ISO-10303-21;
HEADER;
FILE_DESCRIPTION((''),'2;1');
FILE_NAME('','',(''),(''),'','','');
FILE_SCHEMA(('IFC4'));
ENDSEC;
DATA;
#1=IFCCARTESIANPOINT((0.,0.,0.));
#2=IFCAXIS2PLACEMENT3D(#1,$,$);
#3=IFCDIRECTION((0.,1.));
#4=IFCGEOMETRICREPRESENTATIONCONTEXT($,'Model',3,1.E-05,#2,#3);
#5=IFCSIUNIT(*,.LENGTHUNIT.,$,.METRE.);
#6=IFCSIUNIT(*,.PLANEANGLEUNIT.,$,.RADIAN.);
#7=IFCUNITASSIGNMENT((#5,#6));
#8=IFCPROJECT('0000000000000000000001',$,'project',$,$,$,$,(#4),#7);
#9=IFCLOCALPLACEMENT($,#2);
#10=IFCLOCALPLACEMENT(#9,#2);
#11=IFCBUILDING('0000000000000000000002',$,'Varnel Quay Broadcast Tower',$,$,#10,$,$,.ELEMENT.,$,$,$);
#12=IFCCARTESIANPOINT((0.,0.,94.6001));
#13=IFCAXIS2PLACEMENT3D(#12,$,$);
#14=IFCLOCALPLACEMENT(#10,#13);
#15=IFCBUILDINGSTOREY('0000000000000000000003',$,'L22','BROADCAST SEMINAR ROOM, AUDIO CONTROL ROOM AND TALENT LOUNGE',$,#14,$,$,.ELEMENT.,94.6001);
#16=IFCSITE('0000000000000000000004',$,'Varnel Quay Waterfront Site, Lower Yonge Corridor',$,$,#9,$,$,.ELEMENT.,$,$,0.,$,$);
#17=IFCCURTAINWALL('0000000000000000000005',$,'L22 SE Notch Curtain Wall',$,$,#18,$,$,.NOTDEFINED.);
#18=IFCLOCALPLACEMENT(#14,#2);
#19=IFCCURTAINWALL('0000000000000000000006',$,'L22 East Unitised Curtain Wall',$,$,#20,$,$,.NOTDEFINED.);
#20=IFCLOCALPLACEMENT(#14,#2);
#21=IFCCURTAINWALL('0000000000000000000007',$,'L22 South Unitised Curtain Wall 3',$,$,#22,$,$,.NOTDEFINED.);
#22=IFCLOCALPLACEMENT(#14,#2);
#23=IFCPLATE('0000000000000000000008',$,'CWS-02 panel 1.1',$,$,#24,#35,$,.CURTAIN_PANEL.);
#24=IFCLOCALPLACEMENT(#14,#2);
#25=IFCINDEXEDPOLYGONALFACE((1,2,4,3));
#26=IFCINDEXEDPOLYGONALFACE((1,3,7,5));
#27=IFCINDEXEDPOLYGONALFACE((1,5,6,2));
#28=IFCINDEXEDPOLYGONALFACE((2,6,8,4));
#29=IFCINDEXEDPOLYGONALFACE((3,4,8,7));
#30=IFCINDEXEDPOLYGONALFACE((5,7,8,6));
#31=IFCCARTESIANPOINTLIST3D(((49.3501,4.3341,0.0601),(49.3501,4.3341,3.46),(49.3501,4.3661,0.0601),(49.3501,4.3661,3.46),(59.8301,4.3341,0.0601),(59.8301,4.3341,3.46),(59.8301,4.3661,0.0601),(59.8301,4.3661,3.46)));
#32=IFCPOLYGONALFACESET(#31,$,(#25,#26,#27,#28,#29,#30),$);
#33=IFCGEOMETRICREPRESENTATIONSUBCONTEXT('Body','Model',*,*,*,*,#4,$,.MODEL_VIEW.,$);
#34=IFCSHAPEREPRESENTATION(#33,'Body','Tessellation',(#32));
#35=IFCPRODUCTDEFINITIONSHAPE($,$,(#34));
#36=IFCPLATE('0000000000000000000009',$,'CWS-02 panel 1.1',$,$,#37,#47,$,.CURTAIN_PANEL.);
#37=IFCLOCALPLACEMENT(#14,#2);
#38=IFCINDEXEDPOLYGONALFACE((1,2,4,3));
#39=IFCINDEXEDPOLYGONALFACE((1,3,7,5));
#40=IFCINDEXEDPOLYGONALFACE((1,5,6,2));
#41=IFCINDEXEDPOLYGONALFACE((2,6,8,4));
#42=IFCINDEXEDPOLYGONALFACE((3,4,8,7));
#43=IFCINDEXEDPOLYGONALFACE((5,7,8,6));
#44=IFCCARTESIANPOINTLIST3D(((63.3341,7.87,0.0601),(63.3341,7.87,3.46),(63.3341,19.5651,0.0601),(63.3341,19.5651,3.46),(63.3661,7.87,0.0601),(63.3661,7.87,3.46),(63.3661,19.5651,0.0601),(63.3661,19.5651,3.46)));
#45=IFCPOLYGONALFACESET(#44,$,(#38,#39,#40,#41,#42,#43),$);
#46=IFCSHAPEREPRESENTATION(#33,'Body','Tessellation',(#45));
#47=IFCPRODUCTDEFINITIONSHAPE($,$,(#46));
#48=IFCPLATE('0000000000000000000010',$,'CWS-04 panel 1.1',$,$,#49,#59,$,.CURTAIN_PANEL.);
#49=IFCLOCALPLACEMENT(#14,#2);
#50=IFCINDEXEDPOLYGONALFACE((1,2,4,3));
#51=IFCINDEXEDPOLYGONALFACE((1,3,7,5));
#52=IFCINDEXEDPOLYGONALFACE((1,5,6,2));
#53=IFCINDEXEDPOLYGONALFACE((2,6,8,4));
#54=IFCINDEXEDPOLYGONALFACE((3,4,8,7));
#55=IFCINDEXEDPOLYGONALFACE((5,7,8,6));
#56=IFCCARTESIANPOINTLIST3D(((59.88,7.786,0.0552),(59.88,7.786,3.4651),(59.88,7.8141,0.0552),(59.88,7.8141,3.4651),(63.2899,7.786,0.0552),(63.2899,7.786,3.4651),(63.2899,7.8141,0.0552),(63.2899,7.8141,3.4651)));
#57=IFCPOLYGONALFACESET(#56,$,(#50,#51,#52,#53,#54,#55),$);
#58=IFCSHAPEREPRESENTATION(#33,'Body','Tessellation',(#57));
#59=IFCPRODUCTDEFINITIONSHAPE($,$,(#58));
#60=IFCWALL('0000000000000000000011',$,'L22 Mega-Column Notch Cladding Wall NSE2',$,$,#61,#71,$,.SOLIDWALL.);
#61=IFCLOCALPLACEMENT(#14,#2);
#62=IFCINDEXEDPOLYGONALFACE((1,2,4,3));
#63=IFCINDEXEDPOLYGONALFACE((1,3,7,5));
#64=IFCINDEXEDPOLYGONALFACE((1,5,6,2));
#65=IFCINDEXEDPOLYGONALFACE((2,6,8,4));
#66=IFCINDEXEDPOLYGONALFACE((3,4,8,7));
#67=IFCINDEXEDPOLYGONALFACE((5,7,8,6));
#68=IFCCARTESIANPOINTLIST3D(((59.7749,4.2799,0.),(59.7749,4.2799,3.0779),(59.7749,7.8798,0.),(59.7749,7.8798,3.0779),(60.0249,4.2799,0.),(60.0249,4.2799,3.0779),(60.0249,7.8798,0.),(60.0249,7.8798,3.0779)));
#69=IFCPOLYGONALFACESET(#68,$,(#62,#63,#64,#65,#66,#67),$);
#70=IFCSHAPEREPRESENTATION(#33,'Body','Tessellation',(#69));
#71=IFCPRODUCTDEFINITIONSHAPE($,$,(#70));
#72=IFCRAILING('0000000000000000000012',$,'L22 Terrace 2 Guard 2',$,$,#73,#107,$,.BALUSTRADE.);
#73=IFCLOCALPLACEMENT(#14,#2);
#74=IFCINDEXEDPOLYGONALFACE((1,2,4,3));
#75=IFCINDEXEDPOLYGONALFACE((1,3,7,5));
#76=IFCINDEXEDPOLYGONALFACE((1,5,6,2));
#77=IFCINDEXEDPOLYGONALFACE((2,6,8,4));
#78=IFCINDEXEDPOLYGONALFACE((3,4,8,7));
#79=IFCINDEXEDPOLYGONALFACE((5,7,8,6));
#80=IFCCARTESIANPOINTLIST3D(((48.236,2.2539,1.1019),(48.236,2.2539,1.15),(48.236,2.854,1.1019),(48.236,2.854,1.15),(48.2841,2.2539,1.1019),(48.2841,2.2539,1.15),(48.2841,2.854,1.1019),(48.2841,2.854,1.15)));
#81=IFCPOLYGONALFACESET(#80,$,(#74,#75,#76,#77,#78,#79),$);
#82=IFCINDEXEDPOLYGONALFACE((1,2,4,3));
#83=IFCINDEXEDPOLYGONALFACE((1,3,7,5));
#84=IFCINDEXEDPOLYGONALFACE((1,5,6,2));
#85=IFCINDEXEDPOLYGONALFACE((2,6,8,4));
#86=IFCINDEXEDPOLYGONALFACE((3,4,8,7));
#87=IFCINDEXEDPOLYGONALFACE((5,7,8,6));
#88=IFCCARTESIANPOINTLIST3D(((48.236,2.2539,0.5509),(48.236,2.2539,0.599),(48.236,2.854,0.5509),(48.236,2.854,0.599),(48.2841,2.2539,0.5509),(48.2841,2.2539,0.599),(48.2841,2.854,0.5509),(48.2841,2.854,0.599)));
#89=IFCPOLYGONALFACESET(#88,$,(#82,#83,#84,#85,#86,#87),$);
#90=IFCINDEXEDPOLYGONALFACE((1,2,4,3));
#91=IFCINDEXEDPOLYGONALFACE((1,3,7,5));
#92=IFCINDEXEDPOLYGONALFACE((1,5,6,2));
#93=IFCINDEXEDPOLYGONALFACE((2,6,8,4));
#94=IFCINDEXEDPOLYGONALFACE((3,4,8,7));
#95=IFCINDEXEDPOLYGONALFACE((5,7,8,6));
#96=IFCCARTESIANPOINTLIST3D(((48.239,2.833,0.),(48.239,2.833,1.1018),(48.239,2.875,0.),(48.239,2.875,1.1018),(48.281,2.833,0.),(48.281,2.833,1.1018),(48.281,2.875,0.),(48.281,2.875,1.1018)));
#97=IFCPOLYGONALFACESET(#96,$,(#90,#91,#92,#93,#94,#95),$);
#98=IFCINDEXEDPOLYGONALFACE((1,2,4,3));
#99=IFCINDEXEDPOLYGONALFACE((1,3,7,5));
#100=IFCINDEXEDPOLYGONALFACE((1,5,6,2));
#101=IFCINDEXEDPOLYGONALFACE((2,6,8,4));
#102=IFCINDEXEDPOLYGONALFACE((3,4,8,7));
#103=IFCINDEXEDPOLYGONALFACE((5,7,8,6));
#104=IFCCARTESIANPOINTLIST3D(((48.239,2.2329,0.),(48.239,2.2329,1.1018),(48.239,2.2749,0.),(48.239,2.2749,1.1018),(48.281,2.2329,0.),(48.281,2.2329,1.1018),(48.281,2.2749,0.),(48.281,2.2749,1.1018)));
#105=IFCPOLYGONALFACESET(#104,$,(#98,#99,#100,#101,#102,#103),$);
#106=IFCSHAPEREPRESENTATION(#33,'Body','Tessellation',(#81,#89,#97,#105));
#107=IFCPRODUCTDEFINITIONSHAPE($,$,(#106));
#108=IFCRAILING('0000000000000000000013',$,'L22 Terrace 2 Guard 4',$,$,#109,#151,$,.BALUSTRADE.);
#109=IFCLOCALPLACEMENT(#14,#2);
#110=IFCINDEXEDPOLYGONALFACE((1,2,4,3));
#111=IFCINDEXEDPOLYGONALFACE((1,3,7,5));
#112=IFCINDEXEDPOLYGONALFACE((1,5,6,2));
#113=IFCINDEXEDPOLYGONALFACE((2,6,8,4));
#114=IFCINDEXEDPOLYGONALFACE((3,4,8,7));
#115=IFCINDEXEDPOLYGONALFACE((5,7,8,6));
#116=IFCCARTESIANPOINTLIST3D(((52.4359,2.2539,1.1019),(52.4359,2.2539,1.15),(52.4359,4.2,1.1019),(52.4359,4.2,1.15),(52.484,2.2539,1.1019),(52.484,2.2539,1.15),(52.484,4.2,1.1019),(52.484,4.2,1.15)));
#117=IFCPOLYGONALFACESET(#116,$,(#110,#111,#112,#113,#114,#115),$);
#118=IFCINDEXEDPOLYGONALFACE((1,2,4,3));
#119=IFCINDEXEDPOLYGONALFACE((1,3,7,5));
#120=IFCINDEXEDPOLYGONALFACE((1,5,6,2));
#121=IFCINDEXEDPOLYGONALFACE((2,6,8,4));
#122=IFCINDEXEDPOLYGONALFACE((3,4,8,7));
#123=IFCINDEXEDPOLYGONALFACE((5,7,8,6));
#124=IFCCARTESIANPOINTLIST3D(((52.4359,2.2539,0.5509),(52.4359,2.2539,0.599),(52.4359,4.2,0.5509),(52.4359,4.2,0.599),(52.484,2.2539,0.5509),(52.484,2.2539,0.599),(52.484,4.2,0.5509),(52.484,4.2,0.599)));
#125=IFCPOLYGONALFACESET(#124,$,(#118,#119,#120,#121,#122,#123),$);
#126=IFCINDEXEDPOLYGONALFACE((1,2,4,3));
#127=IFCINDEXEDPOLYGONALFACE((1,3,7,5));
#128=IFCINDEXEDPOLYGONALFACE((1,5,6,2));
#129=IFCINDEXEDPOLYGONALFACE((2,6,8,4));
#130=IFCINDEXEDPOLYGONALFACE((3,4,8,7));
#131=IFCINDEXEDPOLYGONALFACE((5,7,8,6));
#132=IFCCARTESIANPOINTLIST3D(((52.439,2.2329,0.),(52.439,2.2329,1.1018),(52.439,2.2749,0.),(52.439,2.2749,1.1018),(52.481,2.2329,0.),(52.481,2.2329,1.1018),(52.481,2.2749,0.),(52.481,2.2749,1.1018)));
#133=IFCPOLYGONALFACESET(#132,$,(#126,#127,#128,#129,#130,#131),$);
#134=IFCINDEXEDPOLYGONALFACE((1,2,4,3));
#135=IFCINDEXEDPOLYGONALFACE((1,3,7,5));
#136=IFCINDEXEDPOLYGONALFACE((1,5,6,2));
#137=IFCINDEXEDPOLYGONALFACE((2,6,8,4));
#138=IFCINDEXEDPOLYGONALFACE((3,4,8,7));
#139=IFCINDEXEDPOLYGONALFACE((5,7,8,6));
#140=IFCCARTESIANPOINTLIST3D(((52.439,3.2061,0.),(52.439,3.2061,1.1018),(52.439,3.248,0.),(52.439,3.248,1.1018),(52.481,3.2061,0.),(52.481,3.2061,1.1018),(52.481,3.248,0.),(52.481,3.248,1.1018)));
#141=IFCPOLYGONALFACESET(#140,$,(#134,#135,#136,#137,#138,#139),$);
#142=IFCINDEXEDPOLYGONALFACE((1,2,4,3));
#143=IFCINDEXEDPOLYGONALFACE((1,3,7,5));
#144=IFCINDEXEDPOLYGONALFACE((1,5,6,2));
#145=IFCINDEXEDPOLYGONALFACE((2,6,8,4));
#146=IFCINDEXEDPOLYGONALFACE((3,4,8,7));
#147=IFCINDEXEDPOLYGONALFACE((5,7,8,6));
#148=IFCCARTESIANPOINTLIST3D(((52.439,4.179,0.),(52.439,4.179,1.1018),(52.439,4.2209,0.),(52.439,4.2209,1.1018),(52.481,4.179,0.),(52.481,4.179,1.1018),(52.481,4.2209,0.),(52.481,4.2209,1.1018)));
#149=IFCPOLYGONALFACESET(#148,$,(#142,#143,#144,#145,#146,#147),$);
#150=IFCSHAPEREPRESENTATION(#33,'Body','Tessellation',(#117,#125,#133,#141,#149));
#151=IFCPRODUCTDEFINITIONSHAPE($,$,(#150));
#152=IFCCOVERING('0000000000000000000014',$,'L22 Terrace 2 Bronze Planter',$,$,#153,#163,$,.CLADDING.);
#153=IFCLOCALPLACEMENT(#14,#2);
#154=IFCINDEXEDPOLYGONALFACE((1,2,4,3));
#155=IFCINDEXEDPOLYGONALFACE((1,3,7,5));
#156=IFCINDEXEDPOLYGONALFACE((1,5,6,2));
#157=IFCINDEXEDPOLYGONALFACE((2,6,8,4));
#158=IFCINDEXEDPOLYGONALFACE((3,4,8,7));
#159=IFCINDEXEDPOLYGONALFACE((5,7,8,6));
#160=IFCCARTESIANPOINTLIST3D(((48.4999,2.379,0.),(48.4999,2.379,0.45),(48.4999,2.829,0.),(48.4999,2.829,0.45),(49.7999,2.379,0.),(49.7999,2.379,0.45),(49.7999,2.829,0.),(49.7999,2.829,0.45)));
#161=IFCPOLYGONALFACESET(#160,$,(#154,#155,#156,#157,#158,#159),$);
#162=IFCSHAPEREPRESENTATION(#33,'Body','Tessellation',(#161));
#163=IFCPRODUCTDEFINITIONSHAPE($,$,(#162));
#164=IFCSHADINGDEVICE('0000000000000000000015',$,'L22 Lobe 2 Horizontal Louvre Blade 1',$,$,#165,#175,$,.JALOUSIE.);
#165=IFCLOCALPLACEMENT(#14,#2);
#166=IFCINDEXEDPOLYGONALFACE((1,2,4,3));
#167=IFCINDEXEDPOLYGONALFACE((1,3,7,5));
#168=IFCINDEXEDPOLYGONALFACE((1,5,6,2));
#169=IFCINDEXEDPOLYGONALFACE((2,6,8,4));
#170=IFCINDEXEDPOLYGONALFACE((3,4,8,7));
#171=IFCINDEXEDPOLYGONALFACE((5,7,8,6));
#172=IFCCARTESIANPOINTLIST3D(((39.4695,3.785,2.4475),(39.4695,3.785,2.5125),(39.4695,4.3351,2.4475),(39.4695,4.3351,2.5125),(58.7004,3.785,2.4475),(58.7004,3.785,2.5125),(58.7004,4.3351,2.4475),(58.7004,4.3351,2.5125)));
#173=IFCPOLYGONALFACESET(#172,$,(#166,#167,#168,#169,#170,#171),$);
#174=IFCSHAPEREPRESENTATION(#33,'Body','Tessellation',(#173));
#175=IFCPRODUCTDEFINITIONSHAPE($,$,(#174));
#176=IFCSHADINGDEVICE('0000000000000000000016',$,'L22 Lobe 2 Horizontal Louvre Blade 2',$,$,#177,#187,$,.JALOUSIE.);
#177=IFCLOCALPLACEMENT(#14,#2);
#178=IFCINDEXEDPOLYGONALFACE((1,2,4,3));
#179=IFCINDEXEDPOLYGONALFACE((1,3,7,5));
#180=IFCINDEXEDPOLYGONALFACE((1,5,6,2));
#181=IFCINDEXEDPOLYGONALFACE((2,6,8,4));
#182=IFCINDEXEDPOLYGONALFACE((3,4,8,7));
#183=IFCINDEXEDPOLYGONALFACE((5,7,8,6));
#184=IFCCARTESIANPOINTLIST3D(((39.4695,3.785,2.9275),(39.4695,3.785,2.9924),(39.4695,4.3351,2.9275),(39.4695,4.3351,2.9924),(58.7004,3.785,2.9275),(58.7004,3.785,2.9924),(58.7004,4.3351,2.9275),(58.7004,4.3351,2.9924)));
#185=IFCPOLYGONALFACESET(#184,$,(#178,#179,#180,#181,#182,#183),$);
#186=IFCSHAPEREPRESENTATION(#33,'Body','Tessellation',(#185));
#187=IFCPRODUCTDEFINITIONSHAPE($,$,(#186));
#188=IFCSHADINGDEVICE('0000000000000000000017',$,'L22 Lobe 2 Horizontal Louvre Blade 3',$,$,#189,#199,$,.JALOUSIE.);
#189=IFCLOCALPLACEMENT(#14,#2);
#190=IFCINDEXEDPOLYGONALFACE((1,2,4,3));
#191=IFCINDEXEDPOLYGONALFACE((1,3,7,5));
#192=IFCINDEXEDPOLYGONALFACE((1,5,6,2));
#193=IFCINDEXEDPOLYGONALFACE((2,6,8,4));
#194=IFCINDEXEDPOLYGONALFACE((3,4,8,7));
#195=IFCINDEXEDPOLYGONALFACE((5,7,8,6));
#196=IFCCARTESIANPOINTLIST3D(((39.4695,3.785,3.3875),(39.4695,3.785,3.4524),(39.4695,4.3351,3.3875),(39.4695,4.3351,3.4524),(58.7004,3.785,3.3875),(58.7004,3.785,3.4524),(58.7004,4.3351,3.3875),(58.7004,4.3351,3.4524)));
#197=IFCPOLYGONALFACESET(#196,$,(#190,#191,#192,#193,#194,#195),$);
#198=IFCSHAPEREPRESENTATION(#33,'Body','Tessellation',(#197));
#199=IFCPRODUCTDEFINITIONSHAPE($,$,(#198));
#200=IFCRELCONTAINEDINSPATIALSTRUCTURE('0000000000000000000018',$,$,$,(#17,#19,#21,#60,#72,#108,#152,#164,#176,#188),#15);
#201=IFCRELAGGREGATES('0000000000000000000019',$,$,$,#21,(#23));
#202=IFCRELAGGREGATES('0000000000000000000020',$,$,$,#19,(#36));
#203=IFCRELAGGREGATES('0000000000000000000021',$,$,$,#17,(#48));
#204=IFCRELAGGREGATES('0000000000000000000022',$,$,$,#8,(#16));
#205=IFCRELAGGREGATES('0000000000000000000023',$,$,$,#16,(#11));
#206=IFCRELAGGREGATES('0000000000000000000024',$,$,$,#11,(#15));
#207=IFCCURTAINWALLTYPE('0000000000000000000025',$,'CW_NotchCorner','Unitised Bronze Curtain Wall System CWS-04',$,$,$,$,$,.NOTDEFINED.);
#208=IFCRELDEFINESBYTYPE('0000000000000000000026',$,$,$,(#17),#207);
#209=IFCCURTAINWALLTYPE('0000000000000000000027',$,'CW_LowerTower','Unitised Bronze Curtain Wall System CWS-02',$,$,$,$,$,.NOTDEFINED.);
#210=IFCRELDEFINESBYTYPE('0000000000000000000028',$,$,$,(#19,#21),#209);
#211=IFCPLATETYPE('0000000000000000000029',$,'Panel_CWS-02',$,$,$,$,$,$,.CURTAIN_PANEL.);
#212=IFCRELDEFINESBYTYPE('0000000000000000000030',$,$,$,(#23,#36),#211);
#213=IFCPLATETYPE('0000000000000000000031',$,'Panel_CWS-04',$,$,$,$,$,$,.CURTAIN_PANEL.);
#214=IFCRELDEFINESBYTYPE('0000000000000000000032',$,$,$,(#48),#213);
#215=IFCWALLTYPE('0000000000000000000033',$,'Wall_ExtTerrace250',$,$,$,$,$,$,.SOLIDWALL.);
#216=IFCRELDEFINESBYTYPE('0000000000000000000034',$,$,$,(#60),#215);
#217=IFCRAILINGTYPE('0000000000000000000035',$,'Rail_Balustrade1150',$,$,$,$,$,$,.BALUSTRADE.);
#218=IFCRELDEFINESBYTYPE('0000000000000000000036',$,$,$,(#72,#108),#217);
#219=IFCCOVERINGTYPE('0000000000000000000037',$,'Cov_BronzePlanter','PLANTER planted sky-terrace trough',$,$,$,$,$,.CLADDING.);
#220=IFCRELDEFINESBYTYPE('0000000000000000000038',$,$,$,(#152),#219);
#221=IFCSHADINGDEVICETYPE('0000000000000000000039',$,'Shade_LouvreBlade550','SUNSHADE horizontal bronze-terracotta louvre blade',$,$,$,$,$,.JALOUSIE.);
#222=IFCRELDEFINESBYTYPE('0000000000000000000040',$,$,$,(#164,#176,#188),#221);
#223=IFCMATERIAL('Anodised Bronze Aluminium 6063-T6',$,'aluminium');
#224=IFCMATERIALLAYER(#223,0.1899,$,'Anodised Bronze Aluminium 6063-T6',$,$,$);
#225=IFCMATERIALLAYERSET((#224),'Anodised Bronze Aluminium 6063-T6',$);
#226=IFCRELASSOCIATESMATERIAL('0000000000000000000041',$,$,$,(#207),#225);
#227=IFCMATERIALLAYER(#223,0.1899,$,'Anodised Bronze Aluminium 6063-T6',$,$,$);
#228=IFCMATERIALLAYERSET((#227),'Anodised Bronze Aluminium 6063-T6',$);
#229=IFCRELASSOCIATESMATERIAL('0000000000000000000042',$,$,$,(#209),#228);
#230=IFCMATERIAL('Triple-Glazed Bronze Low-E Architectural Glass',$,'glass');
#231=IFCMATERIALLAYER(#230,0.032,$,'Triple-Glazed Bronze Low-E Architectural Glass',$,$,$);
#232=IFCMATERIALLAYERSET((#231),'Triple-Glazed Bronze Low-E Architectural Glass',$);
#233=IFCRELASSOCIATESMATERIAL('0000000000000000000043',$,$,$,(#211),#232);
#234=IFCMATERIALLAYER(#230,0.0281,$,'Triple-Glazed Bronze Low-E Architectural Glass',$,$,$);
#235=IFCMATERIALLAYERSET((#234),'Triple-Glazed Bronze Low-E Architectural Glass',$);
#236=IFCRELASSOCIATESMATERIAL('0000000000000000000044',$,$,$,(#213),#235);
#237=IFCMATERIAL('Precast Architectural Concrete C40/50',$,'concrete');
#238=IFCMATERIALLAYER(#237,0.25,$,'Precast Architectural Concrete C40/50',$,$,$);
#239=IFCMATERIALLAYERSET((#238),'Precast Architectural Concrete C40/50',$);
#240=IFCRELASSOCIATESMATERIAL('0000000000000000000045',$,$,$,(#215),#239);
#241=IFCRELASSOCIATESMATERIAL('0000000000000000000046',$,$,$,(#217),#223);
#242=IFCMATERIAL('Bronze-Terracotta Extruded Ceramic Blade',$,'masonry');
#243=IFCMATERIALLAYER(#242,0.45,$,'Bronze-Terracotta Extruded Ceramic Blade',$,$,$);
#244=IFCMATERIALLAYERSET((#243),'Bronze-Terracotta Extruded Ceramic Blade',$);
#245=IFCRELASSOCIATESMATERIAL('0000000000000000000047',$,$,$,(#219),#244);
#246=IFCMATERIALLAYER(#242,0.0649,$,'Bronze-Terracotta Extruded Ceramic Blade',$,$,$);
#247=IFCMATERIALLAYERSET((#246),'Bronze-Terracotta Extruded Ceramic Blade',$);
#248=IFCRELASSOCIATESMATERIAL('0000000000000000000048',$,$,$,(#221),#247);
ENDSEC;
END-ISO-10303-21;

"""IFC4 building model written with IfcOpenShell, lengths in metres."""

from ifc_helpers import new_model, si_unit, direction, frame, frame_2d, origin, origin_2d, place, context, subcontext, project, spatial, rectangle, extrude, source, transform, mapped, material, layer, layer_set, type_object, type_shapes, element, aggregate, save


model = new_model("IFC4")

# Units and contexts
model_context = context("Model", 3, precision=1e-05, world=origin(), true_north=direction((0.0, 1.0)))
body_context = subcontext(model_context, "Body", "Model", "MODEL_VIEW")
ifc_project = project(units=[si_unit("LENGTHUNIT", "METRE"), si_unit("PLANEANGLEUNIT", "RADIAN")], contexts=[model_context])

# Site, building, storey
site_placement = place(None, origin())
site = spatial("IfcSite", under=ifc_project, at=site_placement, Name="Varnel Quay Waterfront Site, Lower Yonge Corridor", CompositionType="ELEMENT", RefElevation=0.0)
building_placement = place(site_placement, origin())
building = spatial("IfcBuilding", under=site, at=building_placement, Name="Varnel Quay Broadcast Tower", CompositionType="ELEMENT")
storey_placement = place(building_placement, frame((0.0, 0.0, 94.6001)))
storey = spatial("IfcBuildingStorey", under=building, at=storey_placement, Name="L22", Description="BROADCAST SEMINAR ROOM, AUDIO CONTROL ROOM AND TALENT LOUNGE", CompositionType="ELEMENT", Elevation=94.6001)

# Curtain walls
ifc_material_1 = material(Name="Anodised Bronze Aluminium 6063-T6", Category="aluminium")
ifc_layer_1 = layer(ifc_material_1, 0.1899, Name="Anodised Bronze Aluminium 6063-T6")
ifc_layer_set_1 = layer_set([ifc_layer_1], Name="Anodised Bronze Aluminium 6063-T6")
curtain_wall_type_1 = type_object("IfcCurtainWallType", Name="CW_NotchCorner", Description="Unitised Bronze Curtain Wall System CWS-04", PredefinedType="NOTDEFINED", material=ifc_layer_set_1)
curtain_wall_1_placement = place(storey_placement, origin())
curtain_wall_1 = element("IfcCurtainWall", 1, at=curtain_wall_1_placement, inside=storey, type_object=curtain_wall_type_1, Name="L22 SE Notch Curtain Wall", PredefinedType="NOTDEFINED")
ifc_layer_2 = layer(ifc_material_1, 0.1899, Name="Anodised Bronze Aluminium 6063-T6")
ifc_layer_set_2 = layer_set([ifc_layer_2], Name="Anodised Bronze Aluminium 6063-T6")
curtain_wall_type_2 = type_object("IfcCurtainWallType", Name="CW_LowerTower", Description="Unitised Bronze Curtain Wall System CWS-02", PredefinedType="NOTDEFINED", material=ifc_layer_set_2)
curtain_wall_2_placement = place(storey_placement, origin())
curtain_wall_2 = element("IfcCurtainWall", 2, at=curtain_wall_2_placement, inside=storey, type_object=curtain_wall_type_2, Name="L22 East Unitised Curtain Wall", PredefinedType="NOTDEFINED")
curtain_wall_3_placement = place(storey_placement, origin())
curtain_wall_3 = element("IfcCurtainWall", 3, at=curtain_wall_3_placement, inside=storey, type_object=curtain_wall_type_2, Name="L22 South Unitised Curtain Wall 3", PredefinedType="NOTDEFINED")

# Plates
ifc_material_2 = material(Name="Triple-Glazed Bronze Low-E Architectural Glass", Category="glass")
ifc_layer_3 = layer(ifc_material_2, 0.032, Name="Triple-Glazed Bronze Low-E Architectural Glass")
ifc_layer_set_3 = layer_set([ifc_layer_3], Name="Triple-Glazed Bronze Low-E Architectural Glass")
plate_type_1 = type_object("IfcPlateType", Name="Panel_CWS-02", PredefinedType="CURTAIN_PANEL", material=ifc_layer_set_3)
shared_shape_1 = source(origin(), body_context, "Body", "SweptSolid", [
    extrude(rectangle(XDim=10.48, YDim=0.032, at=origin_2d()), origin(), (0.0, 0.0, 1.0), 3.3999),
])
plate_1_placement = place(storey_placement, frame((54.5901, 4.3501, 0.0601), z_axis=(0.0, 0.0, 1.0), x_axis=(1.0, 0.0, 0.0)))
plate_1 = element("IfcPlate", 4, at=plate_1_placement, type_object=plate_type_1, Name="CWS-02 panel 1.1", PredefinedType="CURTAIN_PANEL", context=body_context, shape_type="MappedRepresentation", body=[
    mapped(shared_shape_1, transform((0.0, 0.0, 0.0), x_axis=(1.0, 0.0, 0.0), y_axis=(0.0, 1.0, 0.0), z_axis=(0.0, 0.0, 1.0), scale=1.0)),
])
aggregate(curtain_wall_3, [plate_1])
shared_shape_2 = source(origin(), body_context, "Body", "SweptSolid", [
    extrude(rectangle(XDim=11.6951, YDim=0.032, at=origin_2d()), origin(), (0.0, 0.0, 1.0), 3.3999),
])
type_shapes(plate_type_1, [shared_shape_1, shared_shape_2])
plate_2_placement = place(storey_placement, frame((63.3501, 13.7175, 0.0601), z_axis=(0.0, 0.0, 1.0), x_axis=(0.0, 1.0, 0.0)))
plate_2 = element("IfcPlate", 5, at=plate_2_placement, type_object=plate_type_1, Name="CWS-02 panel 1.1", PredefinedType="CURTAIN_PANEL", context=body_context, shape_type="MappedRepresentation", body=[
    mapped(shared_shape_2, transform((0.0, 0.0, 0.0), x_axis=(1.0, 0.0, 0.0), y_axis=(0.0, 1.0, 0.0), z_axis=(0.0, 0.0, 1.0), scale=1.0)),
])
aggregate(curtain_wall_2, [plate_2])
ifc_layer_4 = layer(ifc_material_2, 0.0281, Name="Triple-Glazed Bronze Low-E Architectural Glass")
ifc_layer_set_4 = layer_set([ifc_layer_4], Name="Triple-Glazed Bronze Low-E Architectural Glass")
plate_type_2 = type_object("IfcPlateType", Name="Panel_CWS-04", PredefinedType="CURTAIN_PANEL", material=ifc_layer_set_4)
shared_shape_3 = source(origin(), body_context, "Body", "SweptSolid", [
    extrude(rectangle(XDim=3.4099, YDim=0.0281, at=origin_2d()), origin(), (0.0, 0.0, 1.0), 3.4099),
])
type_shapes(plate_type_2, [shared_shape_3])
plate_3_placement = place(storey_placement, frame((61.585, 7.8, 0.0552), z_axis=(0.0, 0.0, 1.0), x_axis=(1.0, 0.0, 0.0)))
plate_3 = element("IfcPlate", 6, at=plate_3_placement, type_object=plate_type_2, Name="CWS-04 panel 1.1", PredefinedType="CURTAIN_PANEL", context=body_context, shape_type="MappedRepresentation", body=[
    mapped(shared_shape_3, transform((0.0, 0.0, 0.0), x_axis=(1.0, 0.0, 0.0), y_axis=(0.0, 1.0, 0.0), z_axis=(0.0, 0.0, 1.0), scale=1.0)),
])
aggregate(curtain_wall_1, [plate_3])

# Wall
ifc_material_3 = material(Name="Precast Architectural Concrete C40/50", Category="concrete")
ifc_layer_5 = layer(ifc_material_3, 0.25, Name="Precast Architectural Concrete C40/50")
ifc_layer_set_5 = layer_set([ifc_layer_5], Name="Precast Architectural Concrete C40/50")
wall_type = type_object("IfcWallType", Name="Wall_ExtTerrace250", PredefinedType="SOLIDWALL", material=ifc_layer_set_5)
wall_placement = place(storey_placement, frame((59.8999, 4.28, 0.0), z_axis=(0.0, 0.0, 1.0), x_axis=(0.0, 1.0, 0.0)))
element("IfcWall", 7, at=wall_placement, inside=storey, type_object=wall_type, Name="L22 Mega-Column Notch Cladding Wall NSE2", PredefinedType="SOLIDWALL", context=body_context, shape_type="SweptSolid", body=[
    extrude(rectangle(XDim=3.5999, YDim=0.25, at=frame_2d((1.7998, 0.0))), origin(), (0.0, 0.0, 1.0), 3.0779),
])

# Railings
railing_type = type_object("IfcRailingType", Name="Rail_Balustrade1150", PredefinedType="BALUSTRADE", material=ifc_material_1)
railing_1_placement = place(storey_placement, frame((48.26, 2.854, 0.0)))
element("IfcRailing", 8, at=railing_1_placement, inside=storey, type_object=railing_type, Name="L22 Terrace 2 Guard 2", PredefinedType="BALUSTRADE", context=body_context, shape_type="SweptSolid", body=[
    extrude(rectangle(XDim=0.0481, YDim=0.0481, at=origin_2d()), frame((0.0, 0.0, 1.126), z_axis=(0.0, -1.0, 0.0), x_axis=(1.0, 0.0, 0.0)), (0.0, 0.0, 1.0), 0.6001),
    extrude(rectangle(XDim=0.0481, YDim=0.0481, at=origin_2d()), frame((0.0, 0.0, 0.575), z_axis=(0.0, -1.0, 0.0), x_axis=(1.0, 0.0, 0.0)), (0.0, 0.0, 1.0), 0.6001),
    extrude(rectangle(XDim=0.042, YDim=0.042, at=origin_2d()), origin(), (0.0, 0.0, 1.0), 1.1018),
    extrude(rectangle(XDim=0.042, YDim=0.042, at=origin_2d()), frame((0.0, -0.6001, 0.0)), (0.0, 0.0, 1.0), 1.1018),
])
railing_2_placement = place(storey_placement, frame((52.46, 2.2539, 0.0)))
element("IfcRailing", 9, at=railing_2_placement, inside=storey, type_object=railing_type, Name="L22 Terrace 2 Guard 4", PredefinedType="BALUSTRADE", context=body_context, shape_type="SweptSolid", body=[
    extrude(rectangle(XDim=0.0481, YDim=0.0481, at=origin_2d()), frame((0.0, 0.0, 1.126), z_axis=(0.0, 1.0, 0.0), x_axis=(-1.0, 0.0, 0.0)), (0.0, 0.0, 1.0), 1.946),
    extrude(rectangle(XDim=0.0481, YDim=0.0481, at=origin_2d()), frame((0.0, 0.0, 0.575), z_axis=(0.0, 1.0, 0.0), x_axis=(-1.0, 0.0, 0.0)), (0.0, 0.0, 1.0), 1.946),
    extrude(rectangle(XDim=0.042, YDim=0.042, at=origin_2d()), origin(), (0.0, 0.0, 1.0), 1.1018),
    extrude(rectangle(XDim=0.042, YDim=0.042, at=origin_2d()), frame((0.0, 0.9731, 0.0)), (0.0, 0.0, 1.0), 1.1018),
    extrude(rectangle(XDim=0.042, YDim=0.042, at=origin_2d()), frame((0.0, 1.946, 0.0)), (0.0, 0.0, 1.0), 1.1018),
])

# Covering
ifc_material_4 = material(Name="Bronze-Terracotta Extruded Ceramic Blade", Category="masonry")
ifc_layer_6 = layer(ifc_material_4, 0.45, Name="Bronze-Terracotta Extruded Ceramic Blade")
ifc_layer_set_6 = layer_set([ifc_layer_6], Name="Bronze-Terracotta Extruded Ceramic Blade")
covering_type = type_object("IfcCoveringType", Name="Cov_BronzePlanter", Description="PLANTER planted sky-terrace trough", PredefinedType="CLADDING", material=ifc_layer_set_6)
shared_shape_4 = source(origin(), body_context, "Body", "SweptSolid", [
    extrude(rectangle(XDim=1.3, YDim=0.45, at=origin_2d()), origin(), (0.0, 0.0, 1.0), 0.45),
])
type_shapes(covering_type, [shared_shape_4])
covering_placement = place(storey_placement, frame((49.1499, 2.604, 0.0), z_axis=(0.0, 0.0, 1.0), x_axis=(1.0, 0.0, 0.0)))
element("IfcCovering", 10, at=covering_placement, inside=storey, type_object=covering_type, Name="L22 Terrace 2 Bronze Planter", PredefinedType="CLADDING", context=body_context, shape_type="MappedRepresentation", body=[
    mapped(shared_shape_4, transform((0.0, 0.0, 0.0), x_axis=(1.0, 0.0, 0.0), y_axis=(0.0, 1.0, 0.0), z_axis=(0.0, 0.0, 1.0), scale=1.0)),
])

# Shading devices
ifc_layer_7 = layer(ifc_material_4, 0.0649, Name="Bronze-Terracotta Extruded Ceramic Blade")
ifc_layer_set_7 = layer_set([ifc_layer_7], Name="Bronze-Terracotta Extruded Ceramic Blade")
shading_device_type = type_object("IfcShadingDeviceType", Name="Shade_LouvreBlade550", Description="SUNSHADE horizontal bronze-terracotta louvre blade", PredefinedType="JALOUSIE", material=ifc_layer_set_7)
shared_shape_5 = source(origin(), body_context, "Body", "SweptSolid", [
    extrude(rectangle(XDim=19.231, YDim=0.55, at=origin_2d()), origin(), (0.0, 0.0, 1.0), 0.0649),
])
type_shapes(shading_device_type, [shared_shape_5])
for number, where, z_axis, x_axis, name in (
    (11, (49.085, 4.0601, 2.4475), (0.0, 0.0, 1.0), (1.0, 0.0, 0.0), "L22 Lobe 2 Horizontal Louvre Blade 1"),
    (12, (49.085, 4.0601, 2.9275), (0.0, 0.0, 1.0), (1.0, 0.0, 0.0), "L22 Lobe 2 Horizontal Louvre Blade 2"),
    (13, (49.085, 4.0601, 3.3875), (0.0, 0.0, 1.0), (1.0, 0.0, 0.0), "L22 Lobe 2 Horizontal Louvre Blade 3"),
):
    element("IfcShadingDevice", number, at=place(storey_placement, frame(where, z_axis=z_axis, x_axis=x_axis)), inside=storey, type_object=shading_device_type, Name=name, PredefinedType="JALOUSIE", context=body_context, shape_type="MappedRepresentation", body=[
        mapped(shared_shape_5, transform((0.0, 0.0, 0.0), x_axis=(1.0, 0.0, 0.0), y_axis=(0.0, 1.0, 0.0), z_axis=(0.0, 0.0, 1.0), scale=1.0)),
    ])

save(model, "model.ifc")
